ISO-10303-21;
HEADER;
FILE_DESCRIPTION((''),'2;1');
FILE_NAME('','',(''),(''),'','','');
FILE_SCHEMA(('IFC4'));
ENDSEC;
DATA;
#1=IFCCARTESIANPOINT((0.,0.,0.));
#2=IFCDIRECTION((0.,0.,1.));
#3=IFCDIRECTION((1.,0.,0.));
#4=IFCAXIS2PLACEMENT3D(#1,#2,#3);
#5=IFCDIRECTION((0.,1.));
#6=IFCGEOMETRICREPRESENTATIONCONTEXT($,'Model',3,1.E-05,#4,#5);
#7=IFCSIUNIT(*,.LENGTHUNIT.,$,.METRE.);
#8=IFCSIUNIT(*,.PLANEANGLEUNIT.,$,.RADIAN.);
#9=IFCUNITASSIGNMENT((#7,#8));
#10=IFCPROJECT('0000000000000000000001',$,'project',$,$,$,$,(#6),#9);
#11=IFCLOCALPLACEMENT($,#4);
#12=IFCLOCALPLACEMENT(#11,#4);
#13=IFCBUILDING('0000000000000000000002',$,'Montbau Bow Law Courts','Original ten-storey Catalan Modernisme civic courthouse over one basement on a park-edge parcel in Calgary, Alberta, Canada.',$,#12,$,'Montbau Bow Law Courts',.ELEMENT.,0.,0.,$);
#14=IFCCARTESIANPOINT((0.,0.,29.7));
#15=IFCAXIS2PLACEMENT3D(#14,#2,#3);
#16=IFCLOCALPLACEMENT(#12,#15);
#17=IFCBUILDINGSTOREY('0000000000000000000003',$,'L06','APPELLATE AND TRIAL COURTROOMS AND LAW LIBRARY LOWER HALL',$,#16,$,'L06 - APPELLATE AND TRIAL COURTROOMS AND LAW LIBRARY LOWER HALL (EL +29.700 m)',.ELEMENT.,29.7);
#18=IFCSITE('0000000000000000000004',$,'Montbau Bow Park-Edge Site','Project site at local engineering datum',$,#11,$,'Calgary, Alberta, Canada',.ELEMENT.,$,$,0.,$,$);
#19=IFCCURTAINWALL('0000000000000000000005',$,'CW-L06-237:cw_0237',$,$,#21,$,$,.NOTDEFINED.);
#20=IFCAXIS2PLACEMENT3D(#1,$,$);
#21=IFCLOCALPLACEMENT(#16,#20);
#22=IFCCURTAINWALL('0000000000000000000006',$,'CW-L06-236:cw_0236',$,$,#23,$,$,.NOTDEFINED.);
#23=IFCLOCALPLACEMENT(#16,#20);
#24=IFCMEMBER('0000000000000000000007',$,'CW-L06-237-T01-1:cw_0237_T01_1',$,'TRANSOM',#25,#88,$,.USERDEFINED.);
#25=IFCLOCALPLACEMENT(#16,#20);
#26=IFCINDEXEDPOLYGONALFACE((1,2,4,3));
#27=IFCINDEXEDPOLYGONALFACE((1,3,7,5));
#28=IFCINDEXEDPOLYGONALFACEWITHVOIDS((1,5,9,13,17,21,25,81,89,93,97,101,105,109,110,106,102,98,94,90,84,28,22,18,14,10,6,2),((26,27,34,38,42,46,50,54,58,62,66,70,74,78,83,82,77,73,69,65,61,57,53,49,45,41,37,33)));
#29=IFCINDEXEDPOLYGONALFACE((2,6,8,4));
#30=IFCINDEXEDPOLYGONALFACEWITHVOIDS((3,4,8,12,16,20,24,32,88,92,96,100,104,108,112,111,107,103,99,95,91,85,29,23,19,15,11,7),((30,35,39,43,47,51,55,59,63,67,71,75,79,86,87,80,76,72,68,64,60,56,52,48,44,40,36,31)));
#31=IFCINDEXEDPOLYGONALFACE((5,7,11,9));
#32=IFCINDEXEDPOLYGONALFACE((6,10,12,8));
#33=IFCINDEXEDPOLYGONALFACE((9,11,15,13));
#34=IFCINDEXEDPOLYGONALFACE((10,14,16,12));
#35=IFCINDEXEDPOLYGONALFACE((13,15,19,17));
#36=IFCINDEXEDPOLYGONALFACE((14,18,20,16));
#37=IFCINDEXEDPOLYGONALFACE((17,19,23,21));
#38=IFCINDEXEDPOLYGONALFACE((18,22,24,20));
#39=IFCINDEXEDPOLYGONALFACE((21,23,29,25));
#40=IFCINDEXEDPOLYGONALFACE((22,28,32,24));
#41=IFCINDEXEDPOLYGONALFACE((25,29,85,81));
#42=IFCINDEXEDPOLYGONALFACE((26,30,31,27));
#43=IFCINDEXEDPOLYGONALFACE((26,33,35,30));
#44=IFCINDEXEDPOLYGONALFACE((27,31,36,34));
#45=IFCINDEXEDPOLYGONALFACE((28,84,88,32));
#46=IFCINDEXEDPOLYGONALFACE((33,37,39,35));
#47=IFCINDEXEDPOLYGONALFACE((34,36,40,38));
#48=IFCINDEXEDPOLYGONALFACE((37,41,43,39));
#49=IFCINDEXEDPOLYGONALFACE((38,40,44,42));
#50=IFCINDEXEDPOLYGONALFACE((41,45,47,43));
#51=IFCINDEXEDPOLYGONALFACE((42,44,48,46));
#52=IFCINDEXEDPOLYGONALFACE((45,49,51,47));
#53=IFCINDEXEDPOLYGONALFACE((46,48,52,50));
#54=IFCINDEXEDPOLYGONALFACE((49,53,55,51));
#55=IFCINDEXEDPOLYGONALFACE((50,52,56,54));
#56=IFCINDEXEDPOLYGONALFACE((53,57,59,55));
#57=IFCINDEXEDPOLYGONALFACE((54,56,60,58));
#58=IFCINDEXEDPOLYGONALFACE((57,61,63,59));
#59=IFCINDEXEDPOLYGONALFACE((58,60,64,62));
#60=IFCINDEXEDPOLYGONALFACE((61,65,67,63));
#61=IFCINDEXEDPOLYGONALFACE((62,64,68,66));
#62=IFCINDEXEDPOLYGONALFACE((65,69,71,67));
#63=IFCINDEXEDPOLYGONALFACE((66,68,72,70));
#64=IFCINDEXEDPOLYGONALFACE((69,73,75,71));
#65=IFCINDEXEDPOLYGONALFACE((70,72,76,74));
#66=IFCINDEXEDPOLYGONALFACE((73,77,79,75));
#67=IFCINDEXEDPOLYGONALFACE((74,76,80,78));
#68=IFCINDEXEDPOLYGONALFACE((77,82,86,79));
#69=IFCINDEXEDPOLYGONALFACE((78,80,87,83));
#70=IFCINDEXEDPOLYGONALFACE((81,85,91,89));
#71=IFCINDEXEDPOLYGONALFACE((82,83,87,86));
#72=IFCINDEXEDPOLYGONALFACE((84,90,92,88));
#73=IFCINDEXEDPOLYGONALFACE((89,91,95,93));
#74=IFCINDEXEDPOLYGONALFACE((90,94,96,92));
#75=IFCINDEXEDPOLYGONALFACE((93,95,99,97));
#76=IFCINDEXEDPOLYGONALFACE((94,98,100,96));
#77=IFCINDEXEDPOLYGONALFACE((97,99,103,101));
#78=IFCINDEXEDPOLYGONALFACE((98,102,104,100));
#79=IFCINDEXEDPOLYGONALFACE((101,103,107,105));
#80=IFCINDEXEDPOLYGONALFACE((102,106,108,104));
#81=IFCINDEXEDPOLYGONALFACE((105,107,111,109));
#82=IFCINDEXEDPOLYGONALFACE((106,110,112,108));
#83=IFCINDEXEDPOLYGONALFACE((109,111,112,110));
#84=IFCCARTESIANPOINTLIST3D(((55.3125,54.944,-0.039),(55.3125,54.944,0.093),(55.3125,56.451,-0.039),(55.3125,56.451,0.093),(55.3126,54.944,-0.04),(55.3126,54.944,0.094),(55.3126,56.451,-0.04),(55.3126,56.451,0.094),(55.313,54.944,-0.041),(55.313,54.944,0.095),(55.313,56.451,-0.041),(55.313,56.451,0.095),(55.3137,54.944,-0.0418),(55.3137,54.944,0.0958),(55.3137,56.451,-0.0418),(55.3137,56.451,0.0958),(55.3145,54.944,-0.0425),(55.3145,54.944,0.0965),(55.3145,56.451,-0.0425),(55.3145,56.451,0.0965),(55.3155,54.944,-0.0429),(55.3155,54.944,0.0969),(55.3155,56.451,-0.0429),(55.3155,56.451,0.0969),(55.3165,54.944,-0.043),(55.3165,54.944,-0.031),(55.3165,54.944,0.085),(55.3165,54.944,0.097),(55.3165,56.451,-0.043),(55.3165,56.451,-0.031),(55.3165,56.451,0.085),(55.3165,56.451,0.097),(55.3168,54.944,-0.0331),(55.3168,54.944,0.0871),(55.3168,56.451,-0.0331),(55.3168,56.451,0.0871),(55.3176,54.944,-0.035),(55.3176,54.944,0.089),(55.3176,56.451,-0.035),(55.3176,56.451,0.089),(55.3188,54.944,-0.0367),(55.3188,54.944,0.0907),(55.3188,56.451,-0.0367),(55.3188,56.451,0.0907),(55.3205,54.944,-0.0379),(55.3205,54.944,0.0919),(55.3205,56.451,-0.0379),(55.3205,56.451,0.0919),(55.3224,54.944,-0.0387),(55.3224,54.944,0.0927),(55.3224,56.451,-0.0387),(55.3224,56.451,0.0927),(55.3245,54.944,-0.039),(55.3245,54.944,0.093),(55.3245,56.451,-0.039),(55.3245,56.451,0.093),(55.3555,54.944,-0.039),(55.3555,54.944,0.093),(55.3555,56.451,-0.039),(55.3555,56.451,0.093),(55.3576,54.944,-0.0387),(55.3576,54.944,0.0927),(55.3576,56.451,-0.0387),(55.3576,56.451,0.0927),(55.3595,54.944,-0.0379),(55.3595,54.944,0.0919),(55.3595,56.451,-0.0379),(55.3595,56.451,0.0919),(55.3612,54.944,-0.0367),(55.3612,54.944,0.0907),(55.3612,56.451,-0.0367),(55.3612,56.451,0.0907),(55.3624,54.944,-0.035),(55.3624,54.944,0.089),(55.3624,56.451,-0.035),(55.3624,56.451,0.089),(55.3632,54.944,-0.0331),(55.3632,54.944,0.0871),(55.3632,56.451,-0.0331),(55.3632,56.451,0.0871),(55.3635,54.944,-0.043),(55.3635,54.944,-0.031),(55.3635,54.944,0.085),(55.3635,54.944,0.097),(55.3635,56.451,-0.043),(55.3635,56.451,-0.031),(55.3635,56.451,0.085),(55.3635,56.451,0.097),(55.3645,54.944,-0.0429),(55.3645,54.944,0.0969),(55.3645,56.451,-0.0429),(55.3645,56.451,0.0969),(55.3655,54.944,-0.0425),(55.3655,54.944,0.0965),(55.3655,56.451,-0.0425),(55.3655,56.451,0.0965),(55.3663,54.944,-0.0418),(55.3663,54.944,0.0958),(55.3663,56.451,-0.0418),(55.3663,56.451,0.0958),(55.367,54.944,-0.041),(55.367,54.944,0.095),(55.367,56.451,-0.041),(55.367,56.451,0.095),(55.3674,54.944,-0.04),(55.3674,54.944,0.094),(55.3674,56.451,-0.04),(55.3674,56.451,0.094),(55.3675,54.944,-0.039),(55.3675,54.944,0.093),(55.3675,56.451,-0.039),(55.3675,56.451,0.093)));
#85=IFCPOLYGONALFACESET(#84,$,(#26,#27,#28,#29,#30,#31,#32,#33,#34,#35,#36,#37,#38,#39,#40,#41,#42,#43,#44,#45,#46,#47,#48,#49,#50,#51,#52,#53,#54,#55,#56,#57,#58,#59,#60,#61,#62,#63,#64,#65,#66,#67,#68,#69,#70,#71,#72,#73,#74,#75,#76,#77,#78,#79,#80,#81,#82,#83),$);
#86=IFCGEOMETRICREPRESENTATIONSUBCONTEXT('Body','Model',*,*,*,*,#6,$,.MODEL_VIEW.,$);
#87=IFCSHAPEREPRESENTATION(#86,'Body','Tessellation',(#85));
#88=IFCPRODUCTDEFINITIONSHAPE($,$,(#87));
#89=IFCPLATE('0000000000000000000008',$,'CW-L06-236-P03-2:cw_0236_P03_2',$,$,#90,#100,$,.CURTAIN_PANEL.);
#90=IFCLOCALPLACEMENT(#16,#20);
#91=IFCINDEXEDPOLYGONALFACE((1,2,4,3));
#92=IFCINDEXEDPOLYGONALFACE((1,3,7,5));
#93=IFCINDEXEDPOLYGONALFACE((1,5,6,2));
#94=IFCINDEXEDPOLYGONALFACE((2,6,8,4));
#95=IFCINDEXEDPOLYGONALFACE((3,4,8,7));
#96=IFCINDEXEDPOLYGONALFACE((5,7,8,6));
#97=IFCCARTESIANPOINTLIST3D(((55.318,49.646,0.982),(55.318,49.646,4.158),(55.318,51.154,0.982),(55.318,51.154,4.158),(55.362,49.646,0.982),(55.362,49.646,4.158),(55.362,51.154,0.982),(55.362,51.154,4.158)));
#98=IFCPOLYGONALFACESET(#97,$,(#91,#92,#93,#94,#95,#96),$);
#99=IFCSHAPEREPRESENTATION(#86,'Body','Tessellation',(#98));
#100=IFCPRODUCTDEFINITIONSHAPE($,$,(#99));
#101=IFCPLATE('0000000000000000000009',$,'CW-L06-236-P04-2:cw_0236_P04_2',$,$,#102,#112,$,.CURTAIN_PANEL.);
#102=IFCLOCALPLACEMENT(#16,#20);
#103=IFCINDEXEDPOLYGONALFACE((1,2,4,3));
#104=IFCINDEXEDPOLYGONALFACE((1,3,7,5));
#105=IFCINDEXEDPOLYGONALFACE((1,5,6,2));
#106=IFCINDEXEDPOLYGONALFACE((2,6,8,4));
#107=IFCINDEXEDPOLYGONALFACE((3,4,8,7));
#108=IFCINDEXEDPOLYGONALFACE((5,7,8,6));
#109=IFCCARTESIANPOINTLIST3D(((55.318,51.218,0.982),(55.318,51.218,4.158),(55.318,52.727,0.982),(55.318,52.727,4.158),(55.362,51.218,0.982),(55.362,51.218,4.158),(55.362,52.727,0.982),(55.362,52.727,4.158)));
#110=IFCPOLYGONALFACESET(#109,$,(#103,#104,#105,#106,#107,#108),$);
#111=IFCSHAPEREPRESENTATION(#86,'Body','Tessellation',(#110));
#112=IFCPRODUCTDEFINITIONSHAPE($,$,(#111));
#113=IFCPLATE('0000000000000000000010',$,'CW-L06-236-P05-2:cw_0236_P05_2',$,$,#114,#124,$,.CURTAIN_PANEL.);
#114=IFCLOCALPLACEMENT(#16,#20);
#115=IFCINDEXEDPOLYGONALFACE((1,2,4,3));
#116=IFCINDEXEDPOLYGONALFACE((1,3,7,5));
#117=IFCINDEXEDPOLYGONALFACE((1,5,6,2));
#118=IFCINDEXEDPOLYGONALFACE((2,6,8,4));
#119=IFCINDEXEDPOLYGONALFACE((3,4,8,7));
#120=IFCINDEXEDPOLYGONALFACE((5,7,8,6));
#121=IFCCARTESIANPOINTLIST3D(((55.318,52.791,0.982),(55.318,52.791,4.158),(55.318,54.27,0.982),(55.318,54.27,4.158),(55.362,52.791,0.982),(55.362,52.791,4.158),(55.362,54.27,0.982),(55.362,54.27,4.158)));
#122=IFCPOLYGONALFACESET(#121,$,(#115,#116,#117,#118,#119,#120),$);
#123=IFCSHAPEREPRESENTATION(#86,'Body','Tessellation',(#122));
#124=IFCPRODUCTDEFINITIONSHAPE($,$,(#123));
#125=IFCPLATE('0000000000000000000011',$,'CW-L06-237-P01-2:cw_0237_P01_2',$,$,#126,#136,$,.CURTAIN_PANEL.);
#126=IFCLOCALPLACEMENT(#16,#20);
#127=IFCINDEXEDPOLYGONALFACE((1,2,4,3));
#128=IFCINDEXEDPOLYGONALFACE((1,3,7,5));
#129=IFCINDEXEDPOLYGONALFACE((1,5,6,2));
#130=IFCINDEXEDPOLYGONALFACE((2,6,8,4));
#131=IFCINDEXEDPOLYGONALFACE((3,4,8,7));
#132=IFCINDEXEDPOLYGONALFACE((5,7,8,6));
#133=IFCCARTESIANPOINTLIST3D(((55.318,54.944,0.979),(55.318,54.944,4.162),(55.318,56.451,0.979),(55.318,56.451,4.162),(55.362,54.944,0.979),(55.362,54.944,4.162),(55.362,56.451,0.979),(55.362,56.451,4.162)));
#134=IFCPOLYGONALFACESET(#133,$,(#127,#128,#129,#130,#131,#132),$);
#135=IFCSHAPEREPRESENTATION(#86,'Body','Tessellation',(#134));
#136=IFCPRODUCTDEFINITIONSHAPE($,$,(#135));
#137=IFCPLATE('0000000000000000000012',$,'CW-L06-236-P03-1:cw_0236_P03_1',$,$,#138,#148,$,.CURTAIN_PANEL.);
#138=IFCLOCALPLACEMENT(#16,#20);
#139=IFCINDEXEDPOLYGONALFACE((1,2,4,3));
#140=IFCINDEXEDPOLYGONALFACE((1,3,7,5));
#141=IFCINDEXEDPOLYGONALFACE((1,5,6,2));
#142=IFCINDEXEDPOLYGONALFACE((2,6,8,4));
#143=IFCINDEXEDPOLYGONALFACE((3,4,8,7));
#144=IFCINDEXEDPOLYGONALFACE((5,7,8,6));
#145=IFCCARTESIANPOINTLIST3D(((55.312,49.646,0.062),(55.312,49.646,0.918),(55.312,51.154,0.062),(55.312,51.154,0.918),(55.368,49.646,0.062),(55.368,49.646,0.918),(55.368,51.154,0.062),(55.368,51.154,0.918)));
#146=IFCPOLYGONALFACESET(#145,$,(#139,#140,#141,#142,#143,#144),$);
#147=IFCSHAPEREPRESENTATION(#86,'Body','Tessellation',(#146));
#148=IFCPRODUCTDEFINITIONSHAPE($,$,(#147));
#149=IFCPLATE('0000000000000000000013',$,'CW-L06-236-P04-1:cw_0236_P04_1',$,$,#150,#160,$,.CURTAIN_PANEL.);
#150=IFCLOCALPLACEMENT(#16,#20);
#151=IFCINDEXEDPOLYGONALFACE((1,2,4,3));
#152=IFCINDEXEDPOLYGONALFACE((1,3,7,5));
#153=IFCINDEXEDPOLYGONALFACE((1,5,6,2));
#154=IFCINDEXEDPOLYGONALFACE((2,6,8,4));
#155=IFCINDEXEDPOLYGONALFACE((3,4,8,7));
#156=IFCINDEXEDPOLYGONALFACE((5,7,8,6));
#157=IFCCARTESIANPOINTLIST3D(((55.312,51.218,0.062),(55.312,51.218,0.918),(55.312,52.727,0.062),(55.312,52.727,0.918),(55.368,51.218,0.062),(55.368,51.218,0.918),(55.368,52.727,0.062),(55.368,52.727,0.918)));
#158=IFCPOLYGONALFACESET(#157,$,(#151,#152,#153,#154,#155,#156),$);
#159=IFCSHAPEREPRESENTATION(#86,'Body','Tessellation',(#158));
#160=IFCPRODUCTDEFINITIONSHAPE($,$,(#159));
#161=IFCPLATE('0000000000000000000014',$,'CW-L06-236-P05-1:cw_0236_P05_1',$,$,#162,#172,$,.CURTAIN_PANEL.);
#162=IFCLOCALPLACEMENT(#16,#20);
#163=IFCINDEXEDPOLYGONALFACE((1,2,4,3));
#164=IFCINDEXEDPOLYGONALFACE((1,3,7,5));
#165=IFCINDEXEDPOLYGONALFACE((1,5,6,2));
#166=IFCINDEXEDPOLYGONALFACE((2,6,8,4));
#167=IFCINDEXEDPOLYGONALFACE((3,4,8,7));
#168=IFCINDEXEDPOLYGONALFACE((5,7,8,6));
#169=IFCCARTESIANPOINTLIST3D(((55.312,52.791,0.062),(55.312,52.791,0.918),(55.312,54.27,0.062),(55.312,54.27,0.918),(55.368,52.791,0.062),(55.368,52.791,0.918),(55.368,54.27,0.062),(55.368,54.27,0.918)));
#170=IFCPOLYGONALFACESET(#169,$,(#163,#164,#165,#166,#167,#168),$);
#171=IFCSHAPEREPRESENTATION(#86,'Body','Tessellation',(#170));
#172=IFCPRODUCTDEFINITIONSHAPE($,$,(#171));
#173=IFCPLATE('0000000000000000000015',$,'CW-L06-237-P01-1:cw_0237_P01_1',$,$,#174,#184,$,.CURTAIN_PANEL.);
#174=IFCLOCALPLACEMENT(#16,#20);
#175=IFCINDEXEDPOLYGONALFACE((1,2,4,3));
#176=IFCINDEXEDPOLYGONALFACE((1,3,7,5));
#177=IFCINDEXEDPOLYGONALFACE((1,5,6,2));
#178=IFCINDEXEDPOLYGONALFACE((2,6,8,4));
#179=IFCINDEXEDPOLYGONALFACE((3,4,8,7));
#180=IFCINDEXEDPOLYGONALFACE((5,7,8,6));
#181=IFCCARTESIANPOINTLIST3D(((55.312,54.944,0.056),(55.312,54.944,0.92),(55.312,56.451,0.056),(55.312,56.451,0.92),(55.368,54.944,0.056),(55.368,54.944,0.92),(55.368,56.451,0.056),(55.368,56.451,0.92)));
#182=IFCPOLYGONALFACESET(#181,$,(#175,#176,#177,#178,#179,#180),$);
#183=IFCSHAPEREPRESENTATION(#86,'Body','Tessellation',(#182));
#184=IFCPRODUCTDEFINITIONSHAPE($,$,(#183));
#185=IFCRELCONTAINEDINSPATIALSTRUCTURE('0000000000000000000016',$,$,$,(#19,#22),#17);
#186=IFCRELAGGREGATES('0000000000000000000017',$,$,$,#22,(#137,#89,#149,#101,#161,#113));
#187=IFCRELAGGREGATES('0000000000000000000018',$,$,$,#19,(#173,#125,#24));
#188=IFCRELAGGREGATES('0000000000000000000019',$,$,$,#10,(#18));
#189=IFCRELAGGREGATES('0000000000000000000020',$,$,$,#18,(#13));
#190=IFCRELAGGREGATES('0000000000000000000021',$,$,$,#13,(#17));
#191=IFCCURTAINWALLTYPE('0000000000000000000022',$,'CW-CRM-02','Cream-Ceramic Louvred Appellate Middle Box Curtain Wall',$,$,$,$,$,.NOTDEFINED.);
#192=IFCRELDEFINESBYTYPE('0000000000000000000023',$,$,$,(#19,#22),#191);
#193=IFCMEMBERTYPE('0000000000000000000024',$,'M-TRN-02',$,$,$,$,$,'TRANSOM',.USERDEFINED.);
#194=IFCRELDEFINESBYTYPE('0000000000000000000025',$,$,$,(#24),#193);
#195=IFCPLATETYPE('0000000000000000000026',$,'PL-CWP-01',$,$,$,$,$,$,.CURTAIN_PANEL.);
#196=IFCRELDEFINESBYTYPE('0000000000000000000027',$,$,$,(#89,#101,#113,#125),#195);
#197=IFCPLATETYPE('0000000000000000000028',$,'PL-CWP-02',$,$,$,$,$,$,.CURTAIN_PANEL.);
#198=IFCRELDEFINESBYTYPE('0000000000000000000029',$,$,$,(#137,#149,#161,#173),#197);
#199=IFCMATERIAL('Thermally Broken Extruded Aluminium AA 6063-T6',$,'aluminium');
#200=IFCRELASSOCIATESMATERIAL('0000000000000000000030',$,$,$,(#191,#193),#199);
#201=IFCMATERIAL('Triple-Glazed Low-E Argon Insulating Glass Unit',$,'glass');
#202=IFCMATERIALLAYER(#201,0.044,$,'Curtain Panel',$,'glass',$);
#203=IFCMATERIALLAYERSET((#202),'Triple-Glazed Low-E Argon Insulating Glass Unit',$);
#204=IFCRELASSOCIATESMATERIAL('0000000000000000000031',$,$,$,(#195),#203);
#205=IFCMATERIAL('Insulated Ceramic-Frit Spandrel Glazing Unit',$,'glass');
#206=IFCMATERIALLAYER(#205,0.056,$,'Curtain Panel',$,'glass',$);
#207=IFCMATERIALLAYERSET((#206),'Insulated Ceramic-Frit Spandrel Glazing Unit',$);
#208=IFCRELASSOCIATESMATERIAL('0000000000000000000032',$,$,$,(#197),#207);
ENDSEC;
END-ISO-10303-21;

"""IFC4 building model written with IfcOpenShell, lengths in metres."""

from ifc_helpers import new_model, si_unit, direction, frame, frame_2d, origin_with_axes, origin_2d_with_axis, place, context, subcontext, project, spatial, rectangle, hollow_rectangle, extrude, material, layer, layer_set, material_profile, profile_set, type_object, element, aggregate, save


model = new_model("IFC4")

# Units and contexts
model_context = context("Model", 3, precision=1e-05, world=origin_with_axes(), true_north=direction((0.0, 1.0)))
body_context = subcontext(model_context, "Body", "Model", "MODEL_VIEW")
ifc_project = project(units=[si_unit("LENGTHUNIT", "METRE"), si_unit("PLANEANGLEUNIT", "RADIAN")], contexts=[model_context])

# Site, building, storey
site_placement = place(None, origin_with_axes())
site = spatial("IfcSite", under=ifc_project, at=site_placement, Name="Montbau Bow Park-Edge Site", Description="Project site at local engineering datum", LongName="Calgary, Alberta, Canada", CompositionType="ELEMENT", RefElevation=0.0)
building_placement = place(site_placement, origin_with_axes())
building = spatial("IfcBuilding", under=site, at=building_placement, Name="Montbau Bow Law Courts", Description="Original ten-storey Catalan Modernisme civic courthouse over one basement on a park-edge parcel in Calgary, Alberta, Canada.", LongName="Montbau Bow Law Courts", CompositionType="ELEMENT", ElevationOfRefHeight=0.0, ElevationOfTerrain=0.0)
storey_placement = place(building_placement, frame((0.0, 0.0, 29.7), z_axis=(0.0, 0.0, 1.0), x_axis=(1.0, 0.0, 0.0)))
storey = spatial("IfcBuildingStorey", under=building, at=storey_placement, Name="L06", Description="APPELLATE AND TRIAL COURTROOMS AND LAW LIBRARY LOWER HALL", LongName="L06 - APPELLATE AND TRIAL COURTROOMS AND LAW LIBRARY LOWER HALL (EL +29.700 m)", CompositionType="ELEMENT", Elevation=29.7)

# Curtain wall
ifc_material_1 = material(Name="Thermally Broken Extruded Aluminium AA 6063-T6", Category="aluminium")
curtain_wall_type = type_object("IfcCurtainWallType", Name="CW-CRM-02", Description="Cream-Ceramic Louvred Appellate Middle Box Curtain Wall", PredefinedType="NOTDEFINED", material=ifc_material_1)
curtain_wall_1_placement = place(None, frame((55.34, 54.868, 29.7), z_axis=(0.0, 0.0, 1.0), x_axis=(1.0, 0.0, 0.0)))
curtain_wall_1 = element("IfcCurtainWall", 1, at=curtain_wall_1_placement, inside=storey, type_object=curtain_wall_type, Name="CW-L06-237:cw_0237", PredefinedType="NOTDEFINED")

# Curtain wall
curtain_wall_2_placement = place(None, frame((55.34, 46.468, 29.7), z_axis=(0.0, 0.0, 1.0), x_axis=(1.0, 0.0, 0.0)))
curtain_wall_2 = element("IfcCurtainWall", 2, at=curtain_wall_2_placement, inside=storey, type_object=curtain_wall_type, Name="CW-L06-236:cw_0236", PredefinedType="NOTDEFINED")

# Member
ifc_material_profile_1 = material_profile(ifc_material_1, hollow_rectangle(XDim=0.055, YDim=0.14, WallThickness=0.004, InnerFilletRadius=0.008, OuterFilletRadius=0.004, at=origin_2d_with_axis()), Name="CWT-140X55", Category="Main", Priority=0)
ifc_profile_set_1 = profile_set([ifc_material_profile_1], Name="Thermally Broken Extruded Aluminium AA 6063-T6")
member_type_1 = type_object("IfcMemberType", Name="M-TRN-02", ElementType="TRANSOM", PredefinedType="USERDEFINED", material=ifc_profile_set_1)
member_1_placement = place(None, frame((55.34, 54.944, 29.727), z_axis=(0.0, 1.0, 0.0), x_axis=(-1.0, 0.0, 0.0)))
member_1 = element("IfcMember", 3, at=member_1_placement, type_object=member_type_1, Name="CW-L06-237-T01-1:cw_0237_T01_1", ObjectType="TRANSOM", PredefinedType="USERDEFINED", context=body_context, shape_type="SweptSolid", body=[
    extrude(hollow_rectangle(XDim=0.055, YDim=0.14, WallThickness=0.004, InnerFilletRadius=0.008, OuterFilletRadius=0.004, at=origin_2d_with_axis()), origin_with_axes(), (0.0, 0.0, 1.0), 1.507),
])

# Plates
ifc_material_2 = material(Name="Triple-Glazed Low-E Argon Insulating Glass Unit", Category="glass")
ifc_layer_1 = layer(ifc_material_2, 0.044, Name="Curtain Panel", Category="glass")
ifc_layer_set_1 = layer_set([ifc_layer_1], Name="Triple-Glazed Low-E Argon Insulating Glass Unit")
plate_type_1 = type_object("IfcPlateType", Name="PL-CWP-01", PredefinedType="CURTAIN_PANEL", material=ifc_layer_set_1)
plate_1_placement = place(None, frame((55.34, 49.646, 30.682), z_axis=(1.0, 0.0, 0.0), x_axis=(0.0, 1.0, 0.0)))
plate_1 = element("IfcPlate", 4, at=plate_1_placement, type_object=plate_type_1, Name="CW-L06-236-P03-2:cw_0236_P03_2", PredefinedType="CURTAIN_PANEL", context=body_context, shape_type="SweptSolid", body=[
    extrude(rectangle(XDim=1.508, YDim=3.176, at=frame_2d((0.754, 1.588), x_axis=(1.0, 0.0))), frame((0.0, 0.0, -0.022), z_axis=(0.0, 0.0, 1.0), x_axis=(1.0, 0.0, 0.0)), (0.0, 0.0, 1.0), 0.044),
])
plate_2_placement = place(None, frame((55.34, 51.218, 30.682), z_axis=(1.0, 0.0, 0.0), x_axis=(0.0, 1.0, 0.0)))
plate_2 = element("IfcPlate", 5, at=plate_2_placement, type_object=plate_type_1, Name="CW-L06-236-P04-2:cw_0236_P04_2", PredefinedType="CURTAIN_PANEL", context=body_context, shape_type="SweptSolid", body=[
    extrude(rectangle(XDim=1.509, YDim=3.176, at=frame_2d((0.7545, 1.588), x_axis=(1.0, 0.0))), frame((0.0, 0.0, -0.022), z_axis=(0.0, 0.0, 1.0), x_axis=(1.0, 0.0, 0.0)), (0.0, 0.0, 1.0), 0.044),
])
plate_3_placement = place(None, frame((55.34, 52.791, 30.682), z_axis=(1.0, 0.0, 0.0), x_axis=(0.0, 1.0, 0.0)))
plate_3 = element("IfcPlate", 6, at=plate_3_placement, type_object=plate_type_1, Name="CW-L06-236-P05-2:cw_0236_P05_2", PredefinedType="CURTAIN_PANEL", context=body_context, shape_type="SweptSolid", body=[
    extrude(rectangle(XDim=1.479, YDim=3.176, at=frame_2d((0.7395, 1.588), x_axis=(1.0, 0.0))), frame((0.0, 0.0, -0.022), z_axis=(0.0, 0.0, 1.0), x_axis=(1.0, 0.0, 0.0)), (0.0, 0.0, 1.0), 0.044),
])
plate_4_placement = place(None, frame((55.34, 54.944, 30.679), z_axis=(1.0, 0.0, 0.0), x_axis=(0.0, 1.0, 0.0)))
plate_4 = element("IfcPlate", 7, at=plate_4_placement, type_object=plate_type_1, Name="CW-L06-237-P01-2:cw_0237_P01_2", PredefinedType="CURTAIN_PANEL", context=body_context, shape_type="SweptSolid", body=[
    extrude(rectangle(XDim=1.507, YDim=3.183, at=frame_2d((0.7535, 1.5915), x_axis=(1.0, 0.0))), frame((0.0, 0.0, -0.022), z_axis=(0.0, 0.0, 1.0), x_axis=(1.0, 0.0, 0.0)), (0.0, 0.0, 1.0), 0.044),
])
ifc_material_3 = material(Name="Insulated Ceramic-Frit Spandrel Glazing Unit", Category="glass")
ifc_layer_2 = layer(ifc_material_3, 0.056, Name="Curtain Panel", Category="glass")
ifc_layer_set_2 = layer_set([ifc_layer_2], Name="Insulated Ceramic-Frit Spandrel Glazing Unit")
plate_type_2 = type_object("IfcPlateType", Name="PL-CWP-02", PredefinedType="CURTAIN_PANEL", material=ifc_layer_set_2)
plate_5_placement = place(None, frame((55.34, 49.646, 29.762), z_axis=(1.0, 0.0, 0.0), x_axis=(0.0, 1.0, 0.0)))
plate_5 = element("IfcPlate", 8, at=plate_5_placement, type_object=plate_type_2, Name="CW-L06-236-P03-1:cw_0236_P03_1", PredefinedType="CURTAIN_PANEL", context=body_context, shape_type="SweptSolid", body=[
    extrude(rectangle(XDim=1.508, YDim=0.856, at=frame_2d((0.754, 0.428), x_axis=(1.0, 0.0))), frame((0.0, 0.0, -0.028), z_axis=(0.0, 0.0, 1.0), x_axis=(1.0, 0.0, 0.0)), (0.0, 0.0, 1.0), 0.056),
])
plate_6_placement = place(None, frame((55.34, 51.218, 29.762), z_axis=(1.0, 0.0, 0.0), x_axis=(0.0, 1.0, 0.0)))
plate_6 = element("IfcPlate", 9, at=plate_6_placement, type_object=plate_type_2, Name="CW-L06-236-P04-1:cw_0236_P04_1", PredefinedType="CURTAIN_PANEL", context=body_context, shape_type="SweptSolid", body=[
    extrude(rectangle(XDim=1.509, YDim=0.856, at=frame_2d((0.7545, 0.428), x_axis=(1.0, 0.0))), frame((0.0, 0.0, -0.028), z_axis=(0.0, 0.0, 1.0), x_axis=(1.0, 0.0, 0.0)), (0.0, 0.0, 1.0), 0.056),
])
plate_7_placement = place(None, frame((55.34, 52.791, 29.762), z_axis=(1.0, 0.0, 0.0), x_axis=(0.0, 1.0, 0.0)))
plate_7 = element("IfcPlate", 10, at=plate_7_placement, type_object=plate_type_2, Name="CW-L06-236-P05-1:cw_0236_P05_1", PredefinedType="CURTAIN_PANEL", context=body_context, shape_type="SweptSolid", body=[
    extrude(rectangle(XDim=1.479, YDim=0.856, at=frame_2d((0.7395, 0.428), x_axis=(1.0, 0.0))), frame((0.0, 0.0, -0.028), z_axis=(0.0, 0.0, 1.0), x_axis=(1.0, 0.0, 0.0)), (0.0, 0.0, 1.0), 0.056),
])
aggregate(curtain_wall_2, [plate_5, plate_1, plate_6, plate_2, plate_7, plate_3])
plate_8_placement = place(None, frame((55.34, 54.944, 29.756), z_axis=(1.0, 0.0, 0.0), x_axis=(0.0, 1.0, 0.0)))
plate_8 = element("IfcPlate", 11, at=plate_8_placement, type_object=plate_type_2, Name="CW-L06-237-P01-1:cw_0237_P01_1", PredefinedType="CURTAIN_PANEL", context=body_context, shape_type="SweptSolid", body=[
    extrude(rectangle(XDim=1.507, YDim=0.864, at=frame_2d((0.7535, 0.432), x_axis=(1.0, 0.0))), frame((0.0, 0.0, -0.028), z_axis=(0.0, 0.0, 1.0), x_axis=(1.0, 0.0, 0.0)), (0.0, 0.0, 1.0), 0.056),
])
aggregate(curtain_wall_1, [plate_8, plate_4, member_1])

save(model, "model.ifc")
